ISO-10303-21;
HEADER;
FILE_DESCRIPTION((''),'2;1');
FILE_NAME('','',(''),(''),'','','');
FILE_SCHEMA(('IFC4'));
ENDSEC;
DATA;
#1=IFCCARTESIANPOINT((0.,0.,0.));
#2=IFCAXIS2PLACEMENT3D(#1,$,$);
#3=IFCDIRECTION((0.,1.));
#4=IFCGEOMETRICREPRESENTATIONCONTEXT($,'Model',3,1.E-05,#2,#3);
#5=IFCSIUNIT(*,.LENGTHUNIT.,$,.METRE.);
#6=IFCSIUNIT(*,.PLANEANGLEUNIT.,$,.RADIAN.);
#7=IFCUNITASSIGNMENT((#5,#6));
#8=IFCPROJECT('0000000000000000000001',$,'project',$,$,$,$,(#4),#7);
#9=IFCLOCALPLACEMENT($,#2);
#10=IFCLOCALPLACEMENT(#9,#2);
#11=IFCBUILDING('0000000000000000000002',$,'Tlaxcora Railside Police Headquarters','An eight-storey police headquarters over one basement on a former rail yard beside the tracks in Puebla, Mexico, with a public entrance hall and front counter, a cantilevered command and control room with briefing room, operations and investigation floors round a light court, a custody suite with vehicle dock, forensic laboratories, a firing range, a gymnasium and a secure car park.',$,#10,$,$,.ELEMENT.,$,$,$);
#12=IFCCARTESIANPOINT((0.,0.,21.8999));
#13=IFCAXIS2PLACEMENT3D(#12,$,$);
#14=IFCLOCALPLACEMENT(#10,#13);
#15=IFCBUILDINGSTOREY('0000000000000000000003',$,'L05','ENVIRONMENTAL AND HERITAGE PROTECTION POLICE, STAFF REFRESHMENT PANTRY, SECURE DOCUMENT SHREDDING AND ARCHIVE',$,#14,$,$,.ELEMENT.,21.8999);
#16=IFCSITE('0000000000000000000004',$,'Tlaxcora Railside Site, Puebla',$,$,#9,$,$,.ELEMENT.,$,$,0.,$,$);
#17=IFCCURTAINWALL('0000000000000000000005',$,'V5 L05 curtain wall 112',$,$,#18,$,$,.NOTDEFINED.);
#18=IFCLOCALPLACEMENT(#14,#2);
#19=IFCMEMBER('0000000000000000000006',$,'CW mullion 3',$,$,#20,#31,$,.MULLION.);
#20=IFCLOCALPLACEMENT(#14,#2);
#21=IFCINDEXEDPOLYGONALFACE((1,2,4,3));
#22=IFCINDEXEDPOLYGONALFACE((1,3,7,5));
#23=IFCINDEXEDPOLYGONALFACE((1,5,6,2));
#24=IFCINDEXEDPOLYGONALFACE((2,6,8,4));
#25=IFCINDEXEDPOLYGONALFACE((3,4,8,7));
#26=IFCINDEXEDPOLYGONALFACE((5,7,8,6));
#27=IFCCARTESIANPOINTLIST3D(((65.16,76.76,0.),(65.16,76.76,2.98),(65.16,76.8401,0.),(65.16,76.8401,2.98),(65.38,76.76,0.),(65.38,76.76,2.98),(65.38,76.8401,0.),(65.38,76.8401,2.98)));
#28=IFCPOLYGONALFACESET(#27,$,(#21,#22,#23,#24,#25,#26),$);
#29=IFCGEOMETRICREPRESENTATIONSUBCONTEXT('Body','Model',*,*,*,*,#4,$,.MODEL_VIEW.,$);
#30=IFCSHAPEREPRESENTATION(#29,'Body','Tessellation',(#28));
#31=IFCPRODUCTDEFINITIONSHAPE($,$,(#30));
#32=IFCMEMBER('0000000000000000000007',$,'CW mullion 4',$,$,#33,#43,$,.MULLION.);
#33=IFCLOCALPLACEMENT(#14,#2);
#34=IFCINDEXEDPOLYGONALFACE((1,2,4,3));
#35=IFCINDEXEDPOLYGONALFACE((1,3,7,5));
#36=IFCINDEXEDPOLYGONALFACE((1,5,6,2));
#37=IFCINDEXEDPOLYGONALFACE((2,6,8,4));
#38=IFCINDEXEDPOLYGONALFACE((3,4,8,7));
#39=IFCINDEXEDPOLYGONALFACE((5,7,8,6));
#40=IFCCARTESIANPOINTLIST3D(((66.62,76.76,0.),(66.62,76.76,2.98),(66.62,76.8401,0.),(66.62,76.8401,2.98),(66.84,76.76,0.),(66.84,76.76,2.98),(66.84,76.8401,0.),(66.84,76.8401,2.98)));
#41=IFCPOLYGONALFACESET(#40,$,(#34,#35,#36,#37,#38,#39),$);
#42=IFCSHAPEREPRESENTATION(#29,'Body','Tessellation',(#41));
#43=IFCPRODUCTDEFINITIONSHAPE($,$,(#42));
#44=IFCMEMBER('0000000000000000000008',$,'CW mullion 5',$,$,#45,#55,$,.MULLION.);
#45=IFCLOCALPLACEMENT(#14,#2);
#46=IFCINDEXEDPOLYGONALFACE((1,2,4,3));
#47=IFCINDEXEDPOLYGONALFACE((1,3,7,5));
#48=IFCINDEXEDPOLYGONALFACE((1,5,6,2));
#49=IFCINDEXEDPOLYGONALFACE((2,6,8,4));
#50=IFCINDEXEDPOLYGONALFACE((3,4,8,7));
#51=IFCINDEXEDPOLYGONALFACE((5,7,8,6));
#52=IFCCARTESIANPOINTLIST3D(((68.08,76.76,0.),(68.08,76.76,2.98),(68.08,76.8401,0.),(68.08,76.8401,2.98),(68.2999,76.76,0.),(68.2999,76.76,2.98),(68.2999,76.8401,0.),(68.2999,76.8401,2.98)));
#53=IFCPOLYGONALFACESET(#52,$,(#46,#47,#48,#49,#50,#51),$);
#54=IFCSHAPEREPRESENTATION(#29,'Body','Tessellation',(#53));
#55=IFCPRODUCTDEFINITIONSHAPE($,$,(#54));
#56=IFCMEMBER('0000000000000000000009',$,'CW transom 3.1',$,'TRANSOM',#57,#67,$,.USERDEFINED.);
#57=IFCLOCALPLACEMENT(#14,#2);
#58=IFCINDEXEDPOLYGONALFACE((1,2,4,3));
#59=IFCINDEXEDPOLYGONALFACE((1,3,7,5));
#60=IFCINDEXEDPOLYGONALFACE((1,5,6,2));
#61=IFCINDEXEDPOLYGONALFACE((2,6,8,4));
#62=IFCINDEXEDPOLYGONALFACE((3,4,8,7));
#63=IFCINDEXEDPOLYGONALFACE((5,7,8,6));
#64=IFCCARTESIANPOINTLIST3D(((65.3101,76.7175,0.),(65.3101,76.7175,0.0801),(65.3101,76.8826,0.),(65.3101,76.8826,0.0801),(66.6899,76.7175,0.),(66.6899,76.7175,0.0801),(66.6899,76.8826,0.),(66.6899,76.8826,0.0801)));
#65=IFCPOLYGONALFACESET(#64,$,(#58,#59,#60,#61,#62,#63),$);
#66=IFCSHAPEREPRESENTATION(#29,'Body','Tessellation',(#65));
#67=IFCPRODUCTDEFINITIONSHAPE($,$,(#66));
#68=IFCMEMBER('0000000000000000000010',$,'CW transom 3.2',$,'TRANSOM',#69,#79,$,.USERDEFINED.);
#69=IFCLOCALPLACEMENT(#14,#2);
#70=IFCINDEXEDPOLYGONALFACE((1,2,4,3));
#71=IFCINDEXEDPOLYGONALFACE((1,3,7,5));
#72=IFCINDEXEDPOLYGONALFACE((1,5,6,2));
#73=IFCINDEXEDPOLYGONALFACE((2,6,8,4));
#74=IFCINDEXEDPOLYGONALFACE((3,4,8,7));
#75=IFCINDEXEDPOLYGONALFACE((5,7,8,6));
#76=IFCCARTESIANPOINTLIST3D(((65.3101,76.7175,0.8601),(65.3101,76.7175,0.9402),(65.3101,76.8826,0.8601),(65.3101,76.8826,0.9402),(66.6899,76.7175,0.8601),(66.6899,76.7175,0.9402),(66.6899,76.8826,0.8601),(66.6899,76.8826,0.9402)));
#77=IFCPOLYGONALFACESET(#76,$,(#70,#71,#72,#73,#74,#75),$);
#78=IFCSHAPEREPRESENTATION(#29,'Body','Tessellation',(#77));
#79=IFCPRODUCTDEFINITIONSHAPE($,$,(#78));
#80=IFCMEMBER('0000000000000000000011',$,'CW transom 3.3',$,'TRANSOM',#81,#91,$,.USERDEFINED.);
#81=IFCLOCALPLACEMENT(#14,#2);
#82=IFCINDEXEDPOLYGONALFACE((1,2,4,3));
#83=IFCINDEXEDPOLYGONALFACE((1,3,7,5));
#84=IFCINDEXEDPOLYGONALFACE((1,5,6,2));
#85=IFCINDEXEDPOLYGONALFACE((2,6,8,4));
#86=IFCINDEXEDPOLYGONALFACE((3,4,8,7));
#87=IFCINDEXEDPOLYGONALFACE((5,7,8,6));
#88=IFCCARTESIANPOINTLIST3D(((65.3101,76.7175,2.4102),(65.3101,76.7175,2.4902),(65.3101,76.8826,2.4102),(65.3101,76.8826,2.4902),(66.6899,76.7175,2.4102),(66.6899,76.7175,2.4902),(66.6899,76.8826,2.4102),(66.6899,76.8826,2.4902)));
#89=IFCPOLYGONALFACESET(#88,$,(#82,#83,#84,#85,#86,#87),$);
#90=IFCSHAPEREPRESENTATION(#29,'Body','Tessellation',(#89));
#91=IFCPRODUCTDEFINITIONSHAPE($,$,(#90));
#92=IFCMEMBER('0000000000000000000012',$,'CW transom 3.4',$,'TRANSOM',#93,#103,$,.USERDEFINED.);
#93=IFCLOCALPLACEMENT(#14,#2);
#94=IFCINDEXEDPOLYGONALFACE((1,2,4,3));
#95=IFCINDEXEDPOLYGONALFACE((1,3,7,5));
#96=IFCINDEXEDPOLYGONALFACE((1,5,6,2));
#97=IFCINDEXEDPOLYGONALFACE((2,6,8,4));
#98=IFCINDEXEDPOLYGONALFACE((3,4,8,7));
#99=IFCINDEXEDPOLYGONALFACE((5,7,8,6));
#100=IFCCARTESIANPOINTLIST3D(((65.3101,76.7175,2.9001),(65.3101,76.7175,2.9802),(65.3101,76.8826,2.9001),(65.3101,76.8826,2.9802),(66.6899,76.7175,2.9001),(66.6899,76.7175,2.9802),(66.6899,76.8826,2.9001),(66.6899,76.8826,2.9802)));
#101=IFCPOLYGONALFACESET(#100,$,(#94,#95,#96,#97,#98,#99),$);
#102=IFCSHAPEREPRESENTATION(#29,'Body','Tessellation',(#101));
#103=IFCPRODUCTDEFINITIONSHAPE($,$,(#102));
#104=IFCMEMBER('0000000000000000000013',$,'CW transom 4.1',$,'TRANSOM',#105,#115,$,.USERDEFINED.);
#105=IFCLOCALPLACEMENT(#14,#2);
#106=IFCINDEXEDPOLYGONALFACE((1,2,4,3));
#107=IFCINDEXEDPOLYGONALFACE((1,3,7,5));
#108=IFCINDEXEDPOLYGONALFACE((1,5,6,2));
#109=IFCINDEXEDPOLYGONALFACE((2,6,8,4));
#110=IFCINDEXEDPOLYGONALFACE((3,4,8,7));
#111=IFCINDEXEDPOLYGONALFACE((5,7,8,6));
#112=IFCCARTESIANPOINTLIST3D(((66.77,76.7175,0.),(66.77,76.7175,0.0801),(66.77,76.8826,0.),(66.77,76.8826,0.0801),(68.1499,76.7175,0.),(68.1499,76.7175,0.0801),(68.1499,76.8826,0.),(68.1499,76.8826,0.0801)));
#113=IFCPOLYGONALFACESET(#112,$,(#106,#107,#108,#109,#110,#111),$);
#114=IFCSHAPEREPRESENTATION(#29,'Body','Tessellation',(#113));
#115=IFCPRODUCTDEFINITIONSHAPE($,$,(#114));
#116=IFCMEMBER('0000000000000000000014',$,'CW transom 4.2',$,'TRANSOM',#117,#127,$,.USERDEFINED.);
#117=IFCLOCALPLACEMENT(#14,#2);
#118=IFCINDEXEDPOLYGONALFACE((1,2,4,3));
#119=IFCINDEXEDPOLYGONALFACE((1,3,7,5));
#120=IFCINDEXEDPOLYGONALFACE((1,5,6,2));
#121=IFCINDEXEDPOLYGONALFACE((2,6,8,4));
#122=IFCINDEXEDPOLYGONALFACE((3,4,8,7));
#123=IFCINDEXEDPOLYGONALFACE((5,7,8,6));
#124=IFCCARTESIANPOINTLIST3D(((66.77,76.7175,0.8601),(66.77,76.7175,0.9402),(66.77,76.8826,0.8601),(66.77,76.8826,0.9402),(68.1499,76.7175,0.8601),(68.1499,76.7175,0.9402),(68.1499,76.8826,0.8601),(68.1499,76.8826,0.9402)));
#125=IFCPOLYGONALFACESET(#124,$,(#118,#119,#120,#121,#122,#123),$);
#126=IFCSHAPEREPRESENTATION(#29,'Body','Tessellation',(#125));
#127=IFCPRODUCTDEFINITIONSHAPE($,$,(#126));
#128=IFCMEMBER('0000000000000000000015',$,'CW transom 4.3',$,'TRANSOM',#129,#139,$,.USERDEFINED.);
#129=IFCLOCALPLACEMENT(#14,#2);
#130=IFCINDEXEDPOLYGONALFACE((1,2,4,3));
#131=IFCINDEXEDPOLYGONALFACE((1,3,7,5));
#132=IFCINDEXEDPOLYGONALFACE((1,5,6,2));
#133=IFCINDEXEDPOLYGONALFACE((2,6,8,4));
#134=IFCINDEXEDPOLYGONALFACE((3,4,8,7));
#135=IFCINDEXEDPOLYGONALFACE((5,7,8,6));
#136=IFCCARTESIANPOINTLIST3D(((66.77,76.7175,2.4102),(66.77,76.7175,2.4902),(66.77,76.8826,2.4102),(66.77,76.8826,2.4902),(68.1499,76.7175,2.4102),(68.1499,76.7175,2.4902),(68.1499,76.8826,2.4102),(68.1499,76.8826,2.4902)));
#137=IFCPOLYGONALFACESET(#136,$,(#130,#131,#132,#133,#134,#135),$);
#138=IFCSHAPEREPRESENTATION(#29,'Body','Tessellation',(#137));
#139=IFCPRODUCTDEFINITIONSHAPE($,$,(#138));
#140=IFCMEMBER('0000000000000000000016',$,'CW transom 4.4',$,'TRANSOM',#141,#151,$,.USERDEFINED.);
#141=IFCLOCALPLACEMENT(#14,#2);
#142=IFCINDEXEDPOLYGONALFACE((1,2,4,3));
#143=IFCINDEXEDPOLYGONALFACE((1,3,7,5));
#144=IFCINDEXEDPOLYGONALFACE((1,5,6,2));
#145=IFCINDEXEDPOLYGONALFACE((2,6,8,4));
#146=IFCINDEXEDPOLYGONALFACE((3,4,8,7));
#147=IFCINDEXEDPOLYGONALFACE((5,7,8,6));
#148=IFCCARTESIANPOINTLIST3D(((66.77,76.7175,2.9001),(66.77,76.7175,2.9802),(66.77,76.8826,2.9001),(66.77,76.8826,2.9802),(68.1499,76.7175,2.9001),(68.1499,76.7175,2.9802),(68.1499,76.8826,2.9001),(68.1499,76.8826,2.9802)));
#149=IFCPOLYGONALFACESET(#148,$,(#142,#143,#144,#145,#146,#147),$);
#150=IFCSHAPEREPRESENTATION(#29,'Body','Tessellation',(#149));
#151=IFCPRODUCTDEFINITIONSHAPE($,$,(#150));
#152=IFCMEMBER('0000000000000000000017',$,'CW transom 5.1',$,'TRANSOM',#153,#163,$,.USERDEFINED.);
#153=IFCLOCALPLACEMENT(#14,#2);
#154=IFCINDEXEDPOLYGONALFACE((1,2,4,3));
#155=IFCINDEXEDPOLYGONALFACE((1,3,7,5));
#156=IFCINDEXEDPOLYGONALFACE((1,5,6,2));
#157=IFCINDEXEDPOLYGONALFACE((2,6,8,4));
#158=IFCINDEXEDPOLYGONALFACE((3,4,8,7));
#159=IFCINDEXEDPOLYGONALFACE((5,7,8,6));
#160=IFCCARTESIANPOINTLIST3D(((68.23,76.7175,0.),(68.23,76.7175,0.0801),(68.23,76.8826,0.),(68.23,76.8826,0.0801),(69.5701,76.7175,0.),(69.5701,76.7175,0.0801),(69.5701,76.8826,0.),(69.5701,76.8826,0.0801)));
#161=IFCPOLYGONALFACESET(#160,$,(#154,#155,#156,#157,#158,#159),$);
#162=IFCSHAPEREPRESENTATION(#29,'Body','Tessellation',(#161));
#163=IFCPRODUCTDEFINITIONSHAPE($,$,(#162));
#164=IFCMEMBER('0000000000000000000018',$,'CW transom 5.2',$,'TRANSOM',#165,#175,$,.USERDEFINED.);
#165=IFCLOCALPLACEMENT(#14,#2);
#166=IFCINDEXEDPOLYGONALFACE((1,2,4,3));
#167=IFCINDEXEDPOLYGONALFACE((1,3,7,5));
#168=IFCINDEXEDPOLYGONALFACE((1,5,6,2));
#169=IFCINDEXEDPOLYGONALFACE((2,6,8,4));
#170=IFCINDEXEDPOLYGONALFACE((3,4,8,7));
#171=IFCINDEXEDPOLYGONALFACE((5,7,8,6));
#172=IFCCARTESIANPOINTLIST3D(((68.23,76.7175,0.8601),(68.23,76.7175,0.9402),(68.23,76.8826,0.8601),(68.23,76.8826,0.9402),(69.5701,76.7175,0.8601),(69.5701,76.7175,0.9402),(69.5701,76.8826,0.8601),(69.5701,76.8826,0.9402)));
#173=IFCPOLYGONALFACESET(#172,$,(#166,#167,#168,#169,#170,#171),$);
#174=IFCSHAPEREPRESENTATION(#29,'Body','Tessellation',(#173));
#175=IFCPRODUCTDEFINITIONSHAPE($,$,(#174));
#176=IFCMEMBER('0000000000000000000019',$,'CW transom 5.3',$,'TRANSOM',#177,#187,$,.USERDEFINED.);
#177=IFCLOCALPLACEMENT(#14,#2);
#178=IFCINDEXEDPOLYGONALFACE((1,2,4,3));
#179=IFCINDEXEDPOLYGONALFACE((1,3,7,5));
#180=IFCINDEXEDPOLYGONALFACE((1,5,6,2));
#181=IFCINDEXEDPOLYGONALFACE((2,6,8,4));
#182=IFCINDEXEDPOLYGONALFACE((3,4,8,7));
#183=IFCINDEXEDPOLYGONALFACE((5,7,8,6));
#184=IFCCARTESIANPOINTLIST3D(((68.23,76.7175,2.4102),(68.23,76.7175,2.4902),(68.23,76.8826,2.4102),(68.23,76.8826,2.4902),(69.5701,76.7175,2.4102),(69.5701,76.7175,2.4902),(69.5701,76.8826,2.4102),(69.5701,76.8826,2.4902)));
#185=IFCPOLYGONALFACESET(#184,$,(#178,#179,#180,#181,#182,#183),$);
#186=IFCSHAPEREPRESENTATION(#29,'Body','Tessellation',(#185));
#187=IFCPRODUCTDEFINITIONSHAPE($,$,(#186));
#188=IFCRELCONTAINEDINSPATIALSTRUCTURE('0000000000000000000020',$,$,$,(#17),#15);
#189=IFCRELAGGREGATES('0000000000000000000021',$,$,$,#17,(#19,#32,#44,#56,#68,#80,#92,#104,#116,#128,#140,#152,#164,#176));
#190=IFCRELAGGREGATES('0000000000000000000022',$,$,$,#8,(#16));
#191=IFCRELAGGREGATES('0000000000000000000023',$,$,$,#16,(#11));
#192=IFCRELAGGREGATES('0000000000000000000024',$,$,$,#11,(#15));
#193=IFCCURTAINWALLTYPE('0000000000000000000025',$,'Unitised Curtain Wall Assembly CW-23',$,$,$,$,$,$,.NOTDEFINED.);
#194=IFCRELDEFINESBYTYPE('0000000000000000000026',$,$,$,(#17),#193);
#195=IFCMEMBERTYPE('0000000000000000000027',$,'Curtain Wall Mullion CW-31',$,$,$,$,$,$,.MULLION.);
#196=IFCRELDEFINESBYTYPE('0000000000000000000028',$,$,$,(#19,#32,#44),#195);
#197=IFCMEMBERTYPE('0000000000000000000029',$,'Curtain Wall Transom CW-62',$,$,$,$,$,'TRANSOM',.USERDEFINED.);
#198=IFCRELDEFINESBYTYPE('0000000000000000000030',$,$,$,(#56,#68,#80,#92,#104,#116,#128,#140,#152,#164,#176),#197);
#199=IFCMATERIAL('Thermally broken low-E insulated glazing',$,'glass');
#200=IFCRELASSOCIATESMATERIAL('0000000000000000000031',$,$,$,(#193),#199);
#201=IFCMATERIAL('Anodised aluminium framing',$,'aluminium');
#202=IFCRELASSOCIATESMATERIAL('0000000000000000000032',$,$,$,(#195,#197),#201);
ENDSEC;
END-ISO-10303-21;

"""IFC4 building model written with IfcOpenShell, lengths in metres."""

from ifc_helpers import new_model, si_unit, direction, frame, origin, origin_2d, place, context, subcontext, project, spatial, rectangle, extrude, material, material_profile, profile_set, type_object, element, aggregate, save


model = new_model("IFC4")

# Units and contexts
model_context = context("Model", 3, precision=1e-05, world=origin(), true_north=direction((0.0, 1.0)))
body_context = subcontext(model_context, "Body", "Model", "MODEL_VIEW")
ifc_project = project(units=[si_unit("LENGTHUNIT", "METRE"), si_unit("PLANEANGLEUNIT", "RADIAN")], contexts=[model_context])

# Site, building, storey
site_placement = place(None, origin())
site = spatial("IfcSite", under=ifc_project, at=site_placement, Name="Tlaxcora Railside Site, Puebla", CompositionType="ELEMENT", RefElevation=0.0)
building_placement = place(site_placement, origin())
building = spatial("IfcBuilding", under=site, at=building_placement, Name="Tlaxcora Railside Police Headquarters", Description="An eight-storey police headquarters over one basement on a former rail yard beside the tracks in Puebla, Mexico, with a public entrance hall and front counter, a cantilevered command and control room with briefing room, operations and investigation floors round a light court, a custody suite with vehicle dock, forensic laboratories, a firing range, a gymnasium and a secure car park.", CompositionType="ELEMENT")
storey_placement = place(building_placement, frame((0.0, 0.0, 21.8999)))
storey = spatial("IfcBuildingStorey", under=building, at=storey_placement, Name="L05", Description="ENVIRONMENTAL AND HERITAGE PROTECTION POLICE, STAFF REFRESHMENT PANTRY, SECURE DOCUMENT SHREDDING AND ARCHIVE", CompositionType="ELEMENT", Elevation=21.8999)

# Curtain wall, members
ifc_material_1 = material(Name="Thermally broken low-E insulated glazing", Category="glass")
curtain_wall_type = type_object("IfcCurtainWallType", Name="Unitised Curtain Wall Assembly CW-23", PredefinedType="NOTDEFINED", material=ifc_material_1)
curtain_wall_placement = place(storey_placement, origin())
curtain_wall = element("IfcCurtainWall", 1, at=curtain_wall_placement, inside=storey, type_object=curtain_wall_type, Name="V5 L05 curtain wall 112", PredefinedType="NOTDEFINED")
ifc_material_2 = material(Name="Anodised aluminium framing", Category="aluminium")
ifc_material_profile_1 = material_profile(ifc_material_2, rectangle(XDim=0.0801, YDim=0.22, at=origin_2d()), Name="AL80X220")
ifc_profile_set_1 = profile_set([ifc_material_profile_1], Name="Anodised aluminium framing")
member_type_1 = type_object("IfcMemberType", Name="Curtain Wall Mullion CW-31", PredefinedType="MULLION", material=ifc_profile_set_1)
member_1_placement = place(storey_placement, frame((65.27, 76.8, 0.0), z_axis=(0.0, 0.0, 1.0), x_axis=(0.0, 1.0, 0.0)))
member_1 = element("IfcMember", 2, at=member_1_placement, type_object=member_type_1, Name="CW mullion 3", PredefinedType="MULLION", context=body_context, shape_type="SweptSolid", body=[
    extrude(rectangle(XDim=0.0801, YDim=0.22, at=origin_2d()), origin(), (0.0, 0.0, 1.0), 2.98),
])
member_2_placement = place(storey_placement, frame((66.73, 76.8, 0.0), z_axis=(0.0, 0.0, 1.0), x_axis=(0.0, 1.0, 0.0)))
member_2 = element("IfcMember", 3, at=member_2_placement, type_object=member_type_1, Name="CW mullion 4", PredefinedType="MULLION", context=body_context, shape_type="SweptSolid", body=[
    extrude(rectangle(XDim=0.0801, YDim=0.22, at=origin_2d()), origin(), (0.0, 0.0, 1.0), 2.98),
])
member_3_placement = place(storey_placement, frame((68.1899, 76.8, 0.0), z_axis=(0.0, 0.0, 1.0), x_axis=(0.0, 1.0, 0.0)))
member_3 = element("IfcMember", 4, at=member_3_placement, type_object=member_type_1, Name="CW mullion 5", PredefinedType="MULLION", context=body_context, shape_type="SweptSolid", body=[
    extrude(rectangle(XDim=0.0801, YDim=0.22, at=origin_2d()), origin(), (0.0, 0.0, 1.0), 2.98),
])
ifc_material_profile_2 = material_profile(ifc_material_2, rectangle(XDim=0.165, YDim=0.0801, at=origin_2d()), Name="AL80X165")
ifc_profile_set_2 = profile_set([ifc_material_profile_2], Name="Anodised aluminium framing")
member_type_2 = type_object("IfcMemberType", Name="Curtain Wall Transom CW-62", ElementType="TRANSOM", PredefinedType="USERDEFINED", material=ifc_profile_set_2)
member_4_placement = place(storey_placement, frame((65.3101, 76.8, 0.04), z_axis=(1.0, 0.0, 0.0), x_axis=(0.0, 1.0, 0.0)))
member_4 = element("IfcMember", 5, at=member_4_placement, type_object=member_type_2, Name="CW transom 3.1", ObjectType="TRANSOM", PredefinedType="USERDEFINED", context=body_context, shape_type="SweptSolid", body=[
    extrude(rectangle(XDim=0.165, YDim=0.0801, at=origin_2d()), origin(), (0.0, 0.0, 1.0), 1.3799),
])
member_5_placement = place(storey_placement, frame((65.3101, 76.8, 0.9001), z_axis=(1.0, 0.0, 0.0), x_axis=(0.0, 1.0, 0.0)))
member_5 = element("IfcMember", 6, at=member_5_placement, type_object=member_type_2, Name="CW transom 3.2", ObjectType="TRANSOM", PredefinedType="USERDEFINED", context=body_context, shape_type="SweptSolid", body=[
    extrude(rectangle(XDim=0.165, YDim=0.0801, at=origin_2d()), origin(), (0.0, 0.0, 1.0), 1.3799),
])
member_6_placement = place(storey_placement, frame((65.3101, 76.8, 2.4502), z_axis=(1.0, 0.0, 0.0), x_axis=(0.0, 1.0, 0.0)))
member_6 = element("IfcMember", 7, at=member_6_placement, type_object=member_type_2, Name="CW transom 3.3", ObjectType="TRANSOM", PredefinedType="USERDEFINED", context=body_context, shape_type="SweptSolid", body=[
    extrude(rectangle(XDim=0.165, YDim=0.0801, at=origin_2d()), origin(), (0.0, 0.0, 1.0), 1.3799),
])
member_7_placement = place(storey_placement, frame((65.3101, 76.8, 2.9402), z_axis=(1.0, 0.0, 0.0), x_axis=(0.0, 1.0, 0.0)))
member_7 = element("IfcMember", 8, at=member_7_placement, type_object=member_type_2, Name="CW transom 3.4", ObjectType="TRANSOM", PredefinedType="USERDEFINED", context=body_context, shape_type="SweptSolid", body=[
    extrude(rectangle(XDim=0.165, YDim=0.0801, at=origin_2d()), origin(), (0.0, 0.0, 1.0), 1.3799),
])
member_8_placement = place(storey_placement, frame((66.77, 76.8, 0.04), z_axis=(1.0, 0.0, 0.0), x_axis=(0.0, 1.0, 0.0)))
member_8 = element("IfcMember", 9, at=member_8_placement, type_object=member_type_2, Name="CW transom 4.1", ObjectType="TRANSOM", PredefinedType="USERDEFINED", context=body_context, shape_type="SweptSolid", body=[
    extrude(rectangle(XDim=0.165, YDim=0.0801, at=origin_2d()), origin(), (0.0, 0.0, 1.0), 1.3799),
])
member_9_placement = place(storey_placement, frame((66.77, 76.8, 0.9001), z_axis=(1.0, 0.0, 0.0), x_axis=(0.0, 1.0, 0.0)))
member_9 = element("IfcMember", 10, at=member_9_placement, type_object=member_type_2, Name="CW transom 4.2", ObjectType="TRANSOM", PredefinedType="USERDEFINED", context=body_context, shape_type="SweptSolid", body=[
    extrude(rectangle(XDim=0.165, YDim=0.0801, at=origin_2d()), origin(), (0.0, 0.0, 1.0), 1.3799),
])
member_10_placement = place(storey_placement, frame((66.77, 76.8, 2.4502), z_axis=(1.0, 0.0, 0.0), x_axis=(0.0, 1.0, 0.0)))
member_10 = element("IfcMember", 11, at=member_10_placement, type_object=member_type_2, Name="CW transom 4.3", ObjectType="TRANSOM", PredefinedType="USERDEFINED", context=body_context, shape_type="SweptSolid", body=[
    extrude(rectangle(XDim=0.165, YDim=0.0801, at=origin_2d()), origin(), (0.0, 0.0, 1.0), 1.3799),
])
member_11_placement = place(storey_placement, frame((66.77, 76.8, 2.9402), z_axis=(1.0, 0.0, 0.0), x_axis=(0.0, 1.0, 0.0)))
member_11 = element("IfcMember", 12, at=member_11_placement, type_object=member_type_2, Name="CW transom 4.4", ObjectType="TRANSOM", PredefinedType="USERDEFINED", context=body_context, shape_type="SweptSolid", body=[
    extrude(rectangle(XDim=0.165, YDim=0.0801, at=origin_2d()), origin(), (0.0, 0.0, 1.0), 1.3799),
])
member_12_placement = place(storey_placement, frame((68.23, 76.8, 0.04), z_axis=(1.0, 0.0, 0.0), x_axis=(0.0, 1.0, 0.0)))
member_12 = element("IfcMember", 13, at=member_12_placement, type_object=member_type_2, Name="CW transom 5.1", ObjectType="TRANSOM", PredefinedType="USERDEFINED", context=body_context, shape_type="SweptSolid", body=[
    extrude(rectangle(XDim=0.165, YDim=0.0801, at=origin_2d()), origin(), (0.0, 0.0, 1.0), 1.3401),
])
member_13_placement = place(storey_placement, frame((68.23, 76.8, 0.9001), z_axis=(1.0, 0.0, 0.0), x_axis=(0.0, 1.0, 0.0)))
member_13 = element("IfcMember", 14, at=member_13_placement, type_object=member_type_2, Name="CW transom 5.2", ObjectType="TRANSOM", PredefinedType="USERDEFINED", context=body_context, shape_type="SweptSolid", body=[
    extrude(rectangle(XDim=0.165, YDim=0.0801, at=origin_2d()), origin(), (0.0, 0.0, 1.0), 1.3401),
])
member_14_placement = place(storey_placement, frame((68.23, 76.8, 2.4502), z_axis=(1.0, 0.0, 0.0), x_axis=(0.0, 1.0, 0.0)))
member_14 = element("IfcMember", 15, at=member_14_placement, type_object=member_type_2, Name="CW transom 5.3", ObjectType="TRANSOM", PredefinedType="USERDEFINED", context=body_context, shape_type="SweptSolid", body=[
    extrude(rectangle(XDim=0.165, YDim=0.0801, at=origin_2d()), origin(), (0.0, 0.0, 1.0), 1.3401),
])
aggregate(curtain_wall, [member_1, member_2, member_3, member_4, member_5, member_6, member_7, member_8, member_9, member_10, member_11, member_12, member_13, member_14])

save(model, "model.ifc")
